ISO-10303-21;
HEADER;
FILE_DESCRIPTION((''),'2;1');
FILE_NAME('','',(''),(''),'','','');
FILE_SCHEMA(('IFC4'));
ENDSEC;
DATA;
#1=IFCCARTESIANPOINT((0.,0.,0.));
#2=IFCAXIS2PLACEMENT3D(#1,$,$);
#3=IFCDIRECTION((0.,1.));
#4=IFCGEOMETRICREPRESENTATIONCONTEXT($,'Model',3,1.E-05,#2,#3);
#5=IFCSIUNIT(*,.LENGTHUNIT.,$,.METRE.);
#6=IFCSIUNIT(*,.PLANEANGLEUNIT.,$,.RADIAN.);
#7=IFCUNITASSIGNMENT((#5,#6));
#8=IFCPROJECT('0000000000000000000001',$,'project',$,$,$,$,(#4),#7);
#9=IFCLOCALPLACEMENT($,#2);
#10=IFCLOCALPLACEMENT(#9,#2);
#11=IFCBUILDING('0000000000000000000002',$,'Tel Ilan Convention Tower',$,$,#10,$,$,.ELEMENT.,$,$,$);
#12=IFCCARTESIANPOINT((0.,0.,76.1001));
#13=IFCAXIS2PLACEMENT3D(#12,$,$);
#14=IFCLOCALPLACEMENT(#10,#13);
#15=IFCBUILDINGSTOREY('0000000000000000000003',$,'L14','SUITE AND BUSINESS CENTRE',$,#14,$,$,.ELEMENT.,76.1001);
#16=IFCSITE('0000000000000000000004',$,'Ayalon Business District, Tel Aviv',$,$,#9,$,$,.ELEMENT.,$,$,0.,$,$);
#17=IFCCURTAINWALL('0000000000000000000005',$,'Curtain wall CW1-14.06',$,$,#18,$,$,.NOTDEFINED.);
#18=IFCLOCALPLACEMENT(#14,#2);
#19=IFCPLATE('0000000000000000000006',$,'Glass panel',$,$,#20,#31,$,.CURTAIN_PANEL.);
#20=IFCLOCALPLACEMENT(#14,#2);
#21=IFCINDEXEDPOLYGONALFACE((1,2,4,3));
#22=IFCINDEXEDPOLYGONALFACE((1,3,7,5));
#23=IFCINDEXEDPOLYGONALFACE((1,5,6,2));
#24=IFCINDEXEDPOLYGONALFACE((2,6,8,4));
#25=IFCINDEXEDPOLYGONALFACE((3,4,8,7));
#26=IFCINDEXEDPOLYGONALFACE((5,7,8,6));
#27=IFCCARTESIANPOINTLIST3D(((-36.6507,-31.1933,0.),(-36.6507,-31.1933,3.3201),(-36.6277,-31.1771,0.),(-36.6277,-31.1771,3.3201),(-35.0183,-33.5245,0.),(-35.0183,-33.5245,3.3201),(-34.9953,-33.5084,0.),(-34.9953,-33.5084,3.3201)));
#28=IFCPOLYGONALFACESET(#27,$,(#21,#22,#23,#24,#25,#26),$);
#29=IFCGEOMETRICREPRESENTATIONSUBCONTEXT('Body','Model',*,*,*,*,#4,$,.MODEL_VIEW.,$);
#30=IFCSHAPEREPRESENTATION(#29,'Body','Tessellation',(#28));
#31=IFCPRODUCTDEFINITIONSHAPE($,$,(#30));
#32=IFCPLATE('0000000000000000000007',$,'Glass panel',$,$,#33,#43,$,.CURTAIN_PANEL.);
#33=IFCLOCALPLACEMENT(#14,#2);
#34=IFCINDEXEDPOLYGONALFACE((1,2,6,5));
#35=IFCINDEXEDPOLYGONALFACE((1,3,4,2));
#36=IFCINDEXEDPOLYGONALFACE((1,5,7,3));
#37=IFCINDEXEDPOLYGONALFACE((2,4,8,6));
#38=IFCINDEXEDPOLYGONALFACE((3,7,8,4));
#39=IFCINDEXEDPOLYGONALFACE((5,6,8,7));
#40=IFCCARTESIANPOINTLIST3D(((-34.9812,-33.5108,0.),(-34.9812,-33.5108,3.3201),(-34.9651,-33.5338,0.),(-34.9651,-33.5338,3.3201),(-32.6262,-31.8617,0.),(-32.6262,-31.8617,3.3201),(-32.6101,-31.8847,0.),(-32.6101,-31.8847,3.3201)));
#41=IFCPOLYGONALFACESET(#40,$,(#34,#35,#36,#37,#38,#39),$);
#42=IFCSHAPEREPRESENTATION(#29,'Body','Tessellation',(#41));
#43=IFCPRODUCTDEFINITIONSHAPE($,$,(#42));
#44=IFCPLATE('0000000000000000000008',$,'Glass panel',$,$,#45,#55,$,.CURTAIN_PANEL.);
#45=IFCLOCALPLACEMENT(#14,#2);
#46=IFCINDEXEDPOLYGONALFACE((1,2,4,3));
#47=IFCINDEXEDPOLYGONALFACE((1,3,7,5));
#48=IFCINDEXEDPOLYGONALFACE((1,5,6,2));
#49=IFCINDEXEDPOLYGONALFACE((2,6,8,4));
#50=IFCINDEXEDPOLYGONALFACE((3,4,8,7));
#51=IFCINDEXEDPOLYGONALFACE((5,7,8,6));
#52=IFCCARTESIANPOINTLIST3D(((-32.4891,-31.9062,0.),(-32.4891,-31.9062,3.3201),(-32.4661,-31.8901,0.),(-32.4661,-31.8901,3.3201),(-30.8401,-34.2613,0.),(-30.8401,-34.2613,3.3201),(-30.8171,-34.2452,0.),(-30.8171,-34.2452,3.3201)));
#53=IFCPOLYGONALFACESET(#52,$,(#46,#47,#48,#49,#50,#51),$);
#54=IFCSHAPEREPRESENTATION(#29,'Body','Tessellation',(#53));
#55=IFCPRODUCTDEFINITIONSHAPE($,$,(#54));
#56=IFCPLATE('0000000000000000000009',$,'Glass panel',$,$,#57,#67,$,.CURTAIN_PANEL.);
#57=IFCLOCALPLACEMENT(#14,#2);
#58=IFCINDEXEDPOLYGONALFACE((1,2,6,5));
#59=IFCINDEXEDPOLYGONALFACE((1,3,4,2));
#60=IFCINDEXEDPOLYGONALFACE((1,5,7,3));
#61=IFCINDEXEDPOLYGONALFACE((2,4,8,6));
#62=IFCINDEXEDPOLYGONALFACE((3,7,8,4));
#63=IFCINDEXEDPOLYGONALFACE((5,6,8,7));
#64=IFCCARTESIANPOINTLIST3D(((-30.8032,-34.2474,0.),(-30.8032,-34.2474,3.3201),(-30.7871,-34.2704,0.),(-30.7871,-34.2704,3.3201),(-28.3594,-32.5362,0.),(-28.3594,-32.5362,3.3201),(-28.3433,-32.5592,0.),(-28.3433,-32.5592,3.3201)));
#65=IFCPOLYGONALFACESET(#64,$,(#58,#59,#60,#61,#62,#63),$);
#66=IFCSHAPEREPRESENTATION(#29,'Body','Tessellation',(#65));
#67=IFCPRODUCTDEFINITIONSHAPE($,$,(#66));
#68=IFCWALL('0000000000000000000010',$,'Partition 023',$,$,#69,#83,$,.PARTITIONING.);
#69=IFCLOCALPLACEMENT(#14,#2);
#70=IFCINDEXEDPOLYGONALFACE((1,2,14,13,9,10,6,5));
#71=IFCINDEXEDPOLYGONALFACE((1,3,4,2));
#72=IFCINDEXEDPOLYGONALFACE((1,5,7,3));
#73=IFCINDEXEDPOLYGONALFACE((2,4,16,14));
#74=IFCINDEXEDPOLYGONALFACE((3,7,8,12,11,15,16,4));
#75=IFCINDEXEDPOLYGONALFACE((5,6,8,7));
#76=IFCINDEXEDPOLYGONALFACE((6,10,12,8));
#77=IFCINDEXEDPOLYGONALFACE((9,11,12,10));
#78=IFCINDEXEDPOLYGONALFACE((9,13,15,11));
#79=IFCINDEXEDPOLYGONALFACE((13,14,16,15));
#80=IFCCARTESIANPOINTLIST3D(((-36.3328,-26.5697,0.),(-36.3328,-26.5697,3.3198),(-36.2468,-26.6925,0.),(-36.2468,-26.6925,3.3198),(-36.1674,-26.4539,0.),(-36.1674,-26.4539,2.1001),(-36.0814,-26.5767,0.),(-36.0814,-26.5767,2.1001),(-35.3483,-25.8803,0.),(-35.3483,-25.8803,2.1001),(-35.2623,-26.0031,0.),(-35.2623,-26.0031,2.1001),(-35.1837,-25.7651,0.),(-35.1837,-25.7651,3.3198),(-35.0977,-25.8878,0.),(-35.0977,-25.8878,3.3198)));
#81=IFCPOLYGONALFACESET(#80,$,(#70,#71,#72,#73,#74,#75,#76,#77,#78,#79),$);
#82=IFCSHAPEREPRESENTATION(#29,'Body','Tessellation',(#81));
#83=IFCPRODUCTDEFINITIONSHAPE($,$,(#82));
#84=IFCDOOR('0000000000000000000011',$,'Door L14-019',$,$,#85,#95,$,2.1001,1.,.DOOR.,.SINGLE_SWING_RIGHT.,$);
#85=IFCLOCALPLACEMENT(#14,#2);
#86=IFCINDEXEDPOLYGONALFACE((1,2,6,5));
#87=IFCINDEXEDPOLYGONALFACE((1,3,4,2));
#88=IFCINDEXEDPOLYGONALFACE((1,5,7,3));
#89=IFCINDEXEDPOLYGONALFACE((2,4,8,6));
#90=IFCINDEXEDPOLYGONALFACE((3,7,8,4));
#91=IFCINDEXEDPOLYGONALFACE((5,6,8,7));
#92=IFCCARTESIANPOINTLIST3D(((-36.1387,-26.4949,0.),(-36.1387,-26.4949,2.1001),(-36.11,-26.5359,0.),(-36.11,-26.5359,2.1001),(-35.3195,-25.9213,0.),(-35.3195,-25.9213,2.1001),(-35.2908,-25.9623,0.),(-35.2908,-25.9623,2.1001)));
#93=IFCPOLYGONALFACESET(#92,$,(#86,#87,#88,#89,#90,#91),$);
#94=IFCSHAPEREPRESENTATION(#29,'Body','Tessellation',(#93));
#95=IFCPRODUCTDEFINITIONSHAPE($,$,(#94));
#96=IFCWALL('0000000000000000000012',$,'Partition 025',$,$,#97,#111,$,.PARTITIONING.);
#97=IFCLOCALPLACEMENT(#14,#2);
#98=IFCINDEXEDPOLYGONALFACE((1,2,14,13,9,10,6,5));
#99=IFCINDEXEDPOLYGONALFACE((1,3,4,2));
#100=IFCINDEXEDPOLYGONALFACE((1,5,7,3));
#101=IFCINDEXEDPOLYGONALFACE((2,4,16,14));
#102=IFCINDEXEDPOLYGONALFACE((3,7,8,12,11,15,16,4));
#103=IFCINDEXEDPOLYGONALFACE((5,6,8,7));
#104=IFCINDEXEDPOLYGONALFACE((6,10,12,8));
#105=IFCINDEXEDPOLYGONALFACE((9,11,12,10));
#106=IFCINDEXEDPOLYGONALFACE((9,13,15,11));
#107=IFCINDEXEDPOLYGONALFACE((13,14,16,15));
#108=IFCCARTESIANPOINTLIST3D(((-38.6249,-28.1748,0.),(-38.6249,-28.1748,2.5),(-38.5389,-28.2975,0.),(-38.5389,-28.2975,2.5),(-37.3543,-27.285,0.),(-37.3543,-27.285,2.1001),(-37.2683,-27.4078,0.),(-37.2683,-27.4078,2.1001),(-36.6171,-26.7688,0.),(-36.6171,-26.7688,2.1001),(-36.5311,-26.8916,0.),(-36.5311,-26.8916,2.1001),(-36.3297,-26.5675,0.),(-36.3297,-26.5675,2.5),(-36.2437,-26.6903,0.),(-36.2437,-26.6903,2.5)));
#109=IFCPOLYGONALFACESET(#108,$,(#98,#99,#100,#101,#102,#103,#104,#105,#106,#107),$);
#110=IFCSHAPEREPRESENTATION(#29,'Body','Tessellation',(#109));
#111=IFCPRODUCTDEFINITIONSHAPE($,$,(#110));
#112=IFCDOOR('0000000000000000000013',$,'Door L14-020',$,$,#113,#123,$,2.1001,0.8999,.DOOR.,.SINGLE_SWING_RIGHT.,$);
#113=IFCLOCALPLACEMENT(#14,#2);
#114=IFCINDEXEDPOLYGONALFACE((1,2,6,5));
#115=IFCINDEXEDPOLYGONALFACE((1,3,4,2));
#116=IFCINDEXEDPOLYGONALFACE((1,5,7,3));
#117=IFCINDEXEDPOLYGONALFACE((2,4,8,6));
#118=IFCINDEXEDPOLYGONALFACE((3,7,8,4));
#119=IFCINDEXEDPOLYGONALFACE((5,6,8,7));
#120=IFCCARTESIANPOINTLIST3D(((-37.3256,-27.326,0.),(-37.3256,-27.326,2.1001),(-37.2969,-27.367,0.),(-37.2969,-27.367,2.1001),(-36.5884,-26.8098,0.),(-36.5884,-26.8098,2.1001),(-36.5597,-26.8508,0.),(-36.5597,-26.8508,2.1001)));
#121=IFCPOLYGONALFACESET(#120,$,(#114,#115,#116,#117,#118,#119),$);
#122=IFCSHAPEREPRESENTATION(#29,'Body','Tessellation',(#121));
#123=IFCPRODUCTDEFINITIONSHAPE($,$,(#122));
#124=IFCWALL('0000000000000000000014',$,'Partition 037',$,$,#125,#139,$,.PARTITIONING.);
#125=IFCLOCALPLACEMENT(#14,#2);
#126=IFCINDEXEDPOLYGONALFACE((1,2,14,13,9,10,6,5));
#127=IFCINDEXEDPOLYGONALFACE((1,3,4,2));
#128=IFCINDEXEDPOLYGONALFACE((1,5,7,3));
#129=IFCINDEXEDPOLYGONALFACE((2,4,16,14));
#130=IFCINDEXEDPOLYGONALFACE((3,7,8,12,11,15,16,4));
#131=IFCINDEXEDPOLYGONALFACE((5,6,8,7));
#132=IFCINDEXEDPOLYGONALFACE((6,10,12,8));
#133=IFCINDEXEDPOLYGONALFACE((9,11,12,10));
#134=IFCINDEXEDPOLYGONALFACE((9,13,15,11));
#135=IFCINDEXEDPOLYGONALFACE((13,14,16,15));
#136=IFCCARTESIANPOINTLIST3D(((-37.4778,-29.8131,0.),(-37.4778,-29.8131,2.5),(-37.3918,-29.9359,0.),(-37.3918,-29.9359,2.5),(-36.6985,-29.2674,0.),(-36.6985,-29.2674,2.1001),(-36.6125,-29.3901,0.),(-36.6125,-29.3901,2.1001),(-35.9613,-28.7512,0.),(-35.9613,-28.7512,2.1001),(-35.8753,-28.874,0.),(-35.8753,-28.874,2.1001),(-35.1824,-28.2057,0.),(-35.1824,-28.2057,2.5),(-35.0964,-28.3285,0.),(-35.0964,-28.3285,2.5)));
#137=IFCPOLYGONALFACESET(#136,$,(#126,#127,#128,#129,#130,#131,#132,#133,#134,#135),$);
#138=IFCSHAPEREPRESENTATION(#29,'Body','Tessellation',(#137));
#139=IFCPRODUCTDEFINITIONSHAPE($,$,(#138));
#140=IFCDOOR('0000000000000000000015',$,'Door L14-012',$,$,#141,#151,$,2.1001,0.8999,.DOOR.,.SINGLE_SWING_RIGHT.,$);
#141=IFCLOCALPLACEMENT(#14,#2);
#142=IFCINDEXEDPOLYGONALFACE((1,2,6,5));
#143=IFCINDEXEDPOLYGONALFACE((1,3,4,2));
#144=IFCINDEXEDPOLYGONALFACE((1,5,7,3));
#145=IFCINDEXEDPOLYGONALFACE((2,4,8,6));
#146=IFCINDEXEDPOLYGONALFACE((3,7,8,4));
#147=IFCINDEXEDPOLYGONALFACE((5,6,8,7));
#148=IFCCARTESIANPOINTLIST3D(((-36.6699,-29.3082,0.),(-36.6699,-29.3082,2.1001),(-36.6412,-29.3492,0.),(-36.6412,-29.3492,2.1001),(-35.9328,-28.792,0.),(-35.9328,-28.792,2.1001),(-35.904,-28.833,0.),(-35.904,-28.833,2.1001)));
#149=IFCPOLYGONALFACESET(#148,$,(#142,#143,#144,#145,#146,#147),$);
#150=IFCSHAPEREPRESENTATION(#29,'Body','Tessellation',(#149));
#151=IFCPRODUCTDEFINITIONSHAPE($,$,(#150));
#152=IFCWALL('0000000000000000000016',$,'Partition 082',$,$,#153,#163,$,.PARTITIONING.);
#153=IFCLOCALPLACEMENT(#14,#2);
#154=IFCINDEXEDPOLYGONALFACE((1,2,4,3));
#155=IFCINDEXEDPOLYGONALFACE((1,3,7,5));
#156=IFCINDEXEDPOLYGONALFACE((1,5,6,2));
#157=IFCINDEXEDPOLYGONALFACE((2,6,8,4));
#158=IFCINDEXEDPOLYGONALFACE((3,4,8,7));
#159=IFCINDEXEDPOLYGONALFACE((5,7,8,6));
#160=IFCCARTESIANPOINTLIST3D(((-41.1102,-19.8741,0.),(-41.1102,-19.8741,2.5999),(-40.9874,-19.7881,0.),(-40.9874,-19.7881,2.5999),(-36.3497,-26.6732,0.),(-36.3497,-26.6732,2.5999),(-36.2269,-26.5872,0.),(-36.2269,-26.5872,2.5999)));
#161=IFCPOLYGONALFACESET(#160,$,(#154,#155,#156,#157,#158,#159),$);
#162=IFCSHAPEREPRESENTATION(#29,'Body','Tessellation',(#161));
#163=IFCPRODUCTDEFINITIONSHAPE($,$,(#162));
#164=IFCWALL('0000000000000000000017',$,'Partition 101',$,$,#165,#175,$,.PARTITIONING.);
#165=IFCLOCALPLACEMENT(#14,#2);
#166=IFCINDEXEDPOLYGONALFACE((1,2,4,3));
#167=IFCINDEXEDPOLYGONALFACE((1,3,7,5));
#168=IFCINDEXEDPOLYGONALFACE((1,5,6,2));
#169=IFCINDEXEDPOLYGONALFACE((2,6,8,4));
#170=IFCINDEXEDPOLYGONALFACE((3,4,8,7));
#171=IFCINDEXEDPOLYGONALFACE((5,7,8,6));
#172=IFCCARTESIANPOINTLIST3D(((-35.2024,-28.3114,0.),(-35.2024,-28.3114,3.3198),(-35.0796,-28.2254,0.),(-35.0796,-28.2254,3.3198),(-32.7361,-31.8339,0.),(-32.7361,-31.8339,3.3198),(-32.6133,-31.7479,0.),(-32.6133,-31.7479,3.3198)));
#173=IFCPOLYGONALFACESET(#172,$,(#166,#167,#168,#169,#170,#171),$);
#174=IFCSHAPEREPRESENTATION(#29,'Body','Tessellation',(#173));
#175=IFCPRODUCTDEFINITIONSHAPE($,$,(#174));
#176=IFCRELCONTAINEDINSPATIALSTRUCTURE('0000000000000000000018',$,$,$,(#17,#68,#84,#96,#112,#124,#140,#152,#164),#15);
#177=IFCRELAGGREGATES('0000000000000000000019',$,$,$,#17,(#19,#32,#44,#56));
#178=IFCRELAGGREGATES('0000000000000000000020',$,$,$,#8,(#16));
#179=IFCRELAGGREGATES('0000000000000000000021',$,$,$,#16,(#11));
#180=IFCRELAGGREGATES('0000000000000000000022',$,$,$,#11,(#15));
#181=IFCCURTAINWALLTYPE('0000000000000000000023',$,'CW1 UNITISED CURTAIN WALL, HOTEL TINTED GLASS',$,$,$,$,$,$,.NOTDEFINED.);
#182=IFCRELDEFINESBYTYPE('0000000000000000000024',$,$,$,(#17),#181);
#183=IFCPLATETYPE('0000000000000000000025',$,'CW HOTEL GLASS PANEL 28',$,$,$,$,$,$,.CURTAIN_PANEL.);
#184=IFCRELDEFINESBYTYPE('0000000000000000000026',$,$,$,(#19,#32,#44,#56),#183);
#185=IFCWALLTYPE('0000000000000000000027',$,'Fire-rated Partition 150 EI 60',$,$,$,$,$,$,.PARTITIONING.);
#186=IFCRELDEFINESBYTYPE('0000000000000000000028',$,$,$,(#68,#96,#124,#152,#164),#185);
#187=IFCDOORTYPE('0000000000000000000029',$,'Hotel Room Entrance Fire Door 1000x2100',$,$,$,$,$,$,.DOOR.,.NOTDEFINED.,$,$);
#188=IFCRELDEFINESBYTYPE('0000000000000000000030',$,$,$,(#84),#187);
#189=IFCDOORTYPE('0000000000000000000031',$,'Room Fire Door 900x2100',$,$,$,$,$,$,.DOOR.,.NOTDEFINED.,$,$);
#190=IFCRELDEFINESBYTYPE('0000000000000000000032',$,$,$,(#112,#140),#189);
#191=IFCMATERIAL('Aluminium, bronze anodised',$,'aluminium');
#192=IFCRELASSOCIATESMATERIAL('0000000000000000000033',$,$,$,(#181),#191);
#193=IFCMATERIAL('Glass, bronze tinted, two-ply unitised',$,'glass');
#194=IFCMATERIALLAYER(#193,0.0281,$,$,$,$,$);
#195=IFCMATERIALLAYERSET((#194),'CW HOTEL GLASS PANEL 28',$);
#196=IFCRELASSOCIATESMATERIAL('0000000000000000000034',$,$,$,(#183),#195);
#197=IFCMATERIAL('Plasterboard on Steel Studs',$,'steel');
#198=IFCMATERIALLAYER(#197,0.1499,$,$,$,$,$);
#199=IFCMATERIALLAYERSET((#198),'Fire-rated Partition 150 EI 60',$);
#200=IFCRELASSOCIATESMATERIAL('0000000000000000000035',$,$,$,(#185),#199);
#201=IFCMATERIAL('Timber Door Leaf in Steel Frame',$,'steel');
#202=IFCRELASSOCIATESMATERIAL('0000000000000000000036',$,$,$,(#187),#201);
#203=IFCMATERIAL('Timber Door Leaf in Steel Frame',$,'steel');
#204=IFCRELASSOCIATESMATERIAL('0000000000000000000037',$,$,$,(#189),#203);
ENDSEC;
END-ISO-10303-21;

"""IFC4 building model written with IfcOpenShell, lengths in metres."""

from ifc_helpers import new_model, si_unit, direction, frame, frame_2d, origin, origin_2d, place, context, subcontext, project, spatial, rectangle, extrude, material, layer, layer_set, type_object, element, fill, aggregate, save


model = new_model("IFC4")

# Units and contexts
model_context = context("Model", 3, precision=1e-05, world=origin(), true_north=direction((0.0, 1.0)))
body_context = subcontext(model_context, "Body", "Model", "MODEL_VIEW")
ifc_project = project(units=[si_unit("LENGTHUNIT", "METRE"), si_unit("PLANEANGLEUNIT", "RADIAN")], contexts=[model_context])

# Site, building, storey
site_placement = place(None, origin())
site = spatial("IfcSite", under=ifc_project, at=site_placement, Name="Ayalon Business District, Tel Aviv", CompositionType="ELEMENT", RefElevation=0.0)
building_placement = place(site_placement, origin())
building = spatial("IfcBuilding", under=site, at=building_placement, Name="Tel Ilan Convention Tower", CompositionType="ELEMENT")
storey_placement = place(building_placement, frame((0.0, 0.0, 76.1001)))
storey = spatial("IfcBuildingStorey", under=building, at=storey_placement, Name="L14", Description="SUITE AND BUSINESS CENTRE", CompositionType="ELEMENT", Elevation=76.1001)

# Curtain wall, plates
ifc_material_1 = material(Name="Aluminium, bronze anodised", Category="aluminium")
curtain_wall_type = type_object("IfcCurtainWallType", Name="CW1 UNITISED CURTAIN WALL, HOTEL TINTED GLASS", PredefinedType="NOTDEFINED", material=ifc_material_1)
curtain_wall_placement = place(storey_placement, origin())
curtain_wall = element("IfcCurtainWall", 1, at=curtain_wall_placement, inside=storey, type_object=curtain_wall_type, Name="Curtain wall CW1-14.06", PredefinedType="NOTDEFINED")
ifc_material_2 = material(Name="Glass, bronze tinted, two-ply unitised", Category="glass")
ifc_layer_1 = layer(ifc_material_2, 0.0281)
ifc_layer_set_1 = layer_set([ifc_layer_1], Name="CW HOTEL GLASS PANEL 28")
plate_type = type_object("IfcPlateType", Name="CW HOTEL GLASS PANEL 28", PredefinedType="CURTAIN_PANEL", material=ifc_layer_set_1)
plate_1_placement = place(storey_placement, frame((-35.823, -32.3508, 0.0), z_axis=(0.0, 0.0, 1.0), x_axis=(0.573576, -0.819152, 0.0)))
plate_1 = element("IfcPlate", 2, at=plate_1_placement, type_object=plate_type, Name="Glass panel", PredefinedType="CURTAIN_PANEL", context=body_context, shape_type="SweptSolid", body=[
    extrude(rectangle(XDim=2.8459, YDim=0.0281, at=origin_2d()), origin(), (0.0, 0.0, 1.0), 3.3201),
])
plate_2_placement = place(storey_placement, frame((-33.7957, -32.6978, 0.0), z_axis=(0.0, 0.0, 1.0), x_axis=(0.819152, 0.573576, 0.0)))
plate_2 = element("IfcPlate", 3, at=plate_2_placement, type_object=plate_type, Name="Glass panel", PredefinedType="CURTAIN_PANEL", context=body_context, shape_type="SweptSolid", body=[
    extrude(rectangle(XDim=2.875, YDim=0.0281, at=origin_2d()), origin(), (0.0, 0.0, 1.0), 3.3201),
])
plate_3_placement = place(storey_placement, frame((-31.6531, -33.0757, 0.0), z_axis=(0.0, 0.0, 1.0), x_axis=(0.573576, -0.819152, 0.0)))
plate_3 = element("IfcPlate", 4, at=plate_3_placement, type_object=plate_type, Name="Glass panel", PredefinedType="CURTAIN_PANEL", context=body_context, shape_type="SweptSolid", body=[
    extrude(rectangle(XDim=2.875, YDim=0.0281, at=origin_2d()), origin(), (0.0, 0.0, 1.0), 3.3201),
])
plate_4_placement = place(storey_placement, frame((-29.5732, -33.4033, 0.0), z_axis=(0.0, 0.0, 1.0), x_axis=(0.819152, 0.573576, 0.0)))
plate_4 = element("IfcPlate", 5, at=plate_4_placement, type_object=plate_type, Name="Glass panel", PredefinedType="CURTAIN_PANEL", context=body_context, shape_type="SweptSolid", body=[
    extrude(rectangle(XDim=2.9834, YDim=0.0281, at=origin_2d()), origin(), (0.0, 0.0, 1.0), 3.3201),
])
aggregate(curtain_wall, [plate_1, plate_2, plate_3, plate_4])

# Walls, openings, doors
ifc_material_3 = material(Name="Plasterboard on Steel Studs", Category="steel")
ifc_layer_2 = layer(ifc_material_3, 0.1499)
ifc_layer_set_2 = layer_set([ifc_layer_2], Name="Fire-rated Partition 150 EI 60")
wall_type = type_object("IfcWallType", Name="Fire-rated Partition 150 EI 60", PredefinedType="PARTITIONING", material=ifc_layer_set_2)
wall_1_placement = place(storey_placement, frame((-36.2898, -26.6311, 0.0), z_axis=(0.0, 0.0, 1.0), x_axis=(0.819142, 0.573591, 0.0)))
wall_1 = element("IfcWall", 6, at=wall_1_placement, inside=storey, type_object=wall_type, Name="Partition 023", PredefinedType="PARTITIONING", context=body_context, shape_type="SweptSolid", body=[
    extrude(rectangle(XDim=1.4028, YDim=0.1499, at=frame_2d((0.7014, 0.0))), origin(), (0.0, 0.0, 1.0), 3.3198),
])
opening_1_placement = place(wall_1_placement, frame((0.2019, 0.0, 0.0)))
opening_1 = element("IfcOpeningElement", 7, at=opening_1_placement, cuts=wall_1, PredefinedType="OPENING", context=body_context, shape_type="SweptSolid", body=[
    extrude(rectangle(XDim=1.0, YDim=2.1001, at=frame_2d((0.5, 1.05))), frame((0.0, 0.085, 0.0), z_axis=(0.0, -1.0, 0.0), x_axis=(1.0, 0.0, 0.0)), (0.0, 0.0, 1.0), 0.1699),
])
ifc_material_4 = material(Name="Timber Door Leaf in Steel Frame", Category="steel")
door_type_1 = type_object("IfcDoorType", Name="Hotel Room Entrance Fire Door 1000x2100", OperationType="NOTDEFINED", PredefinedType="DOOR", material=ifc_material_4)
door_1_placement = place(opening_1_placement, origin())
door_1 = element("IfcDoor", 8, at=door_1_placement, inside=storey, type_object=door_type_1, Name="Door L14-019", OperationType="SINGLE_SWING_RIGHT", OverallHeight=2.1001, OverallWidth=1.0, PredefinedType="DOOR", context=body_context, shape_type="SweptSolid", body=[
    extrude(rectangle(XDim=1.0, YDim=2.1001, at=frame_2d((0.5, 1.05))), frame((0.0, 0.0249, 0.0), z_axis=(0.0, -1.0, 0.0), x_axis=(1.0, 0.0, 0.0)), (0.0, 0.0, 1.0), 0.05),
])
fill(opening_1, door_1)
wall_2_placement = place(storey_placement, frame((-38.5818, -28.2361, 0.0), z_axis=(0.0, 0.0, 1.0), x_axis=(0.819138, 0.573597, 0.0)))
wall_2 = element("IfcWall", 9, at=wall_2_placement, inside=storey, type_object=wall_type, Name="Partition 025", PredefinedType="PARTITIONING", context=body_context, shape_type="SweptSolid", body=[
    extrude(rectangle(XDim=2.802, YDim=0.1499, at=frame_2d((1.4009, 0.0))), origin(), (0.0, 0.0, 1.0), 2.5),
])
opening_2_placement = place(wall_2_placement, frame((1.551, 0.0, 0.0)))
opening_2 = element("IfcOpeningElement", 10, at=opening_2_placement, cuts=wall_2, PredefinedType="OPENING", context=body_context, shape_type="SweptSolid", body=[
    extrude(rectangle(XDim=0.8999, YDim=2.1001, at=frame_2d((0.45, 1.05))), frame((0.0, 0.085, 0.0), z_axis=(0.0, -1.0, 0.0), x_axis=(1.0, 0.0, 0.0)), (0.0, 0.0, 1.0), 0.1699),
])
ifc_material_5 = material(Name="Timber Door Leaf in Steel Frame", Category="steel")
door_type_2 = type_object("IfcDoorType", Name="Room Fire Door 900x2100", OperationType="NOTDEFINED", PredefinedType="DOOR", material=ifc_material_5)
door_2_placement = place(opening_2_placement, origin())
door_2 = element("IfcDoor", 11, at=door_2_placement, inside=storey, type_object=door_type_2, Name="Door L14-020", OperationType="SINGLE_SWING_RIGHT", OverallHeight=2.1001, OverallWidth=0.8999, PredefinedType="DOOR", context=body_context, shape_type="SweptSolid", body=[
    extrude(rectangle(XDim=0.8999, YDim=2.1001, at=frame_2d((0.45, 1.05))), frame((0.0, 0.0249, 0.0), z_axis=(0.0, -1.0, 0.0), x_axis=(1.0, 0.0, 0.0)), (0.0, 0.0, 1.0), 0.05),
])
fill(opening_2, door_2)
wall_3_placement = place(storey_placement, frame((-35.1394, -28.2671, 0.0), z_axis=(0.0, 0.0, 1.0), x_axis=(-0.819125, -0.573614, 0.0)))
wall_3 = element("IfcWall", 12, at=wall_3_placement, inside=storey, type_object=wall_type, Name="Partition 037", PredefinedType="PARTITIONING", context=body_context, shape_type="SweptSolid", body=[
    extrude(rectangle(XDim=2.8022, YDim=0.1499, at=frame_2d((1.4011, 0.0))), origin(), (0.0, 0.0, 1.0), 2.5),
])
opening_3_placement = place(wall_3_placement, frame((0.9509, 0.0, 0.0)))
opening_3 = element("IfcOpeningElement", 13, at=opening_3_placement, cuts=wall_3, PredefinedType="OPENING", context=body_context, shape_type="SweptSolid", body=[
    extrude(rectangle(XDim=0.8999, YDim=2.1001, at=frame_2d((0.45, 1.05))), frame((0.0, 0.085, 0.0), z_axis=(0.0, -1.0, 0.0), x_axis=(1.0, 0.0, 0.0)), (0.0, 0.0, 1.0), 0.1699),
])
door_3_placement = place(opening_3_placement, origin())
door_3 = element("IfcDoor", 14, at=door_3_placement, inside=storey, type_object=door_type_2, Name="Door L14-012", OperationType="SINGLE_SWING_RIGHT", OverallHeight=2.1001, OverallWidth=0.8999, PredefinedType="DOOR", context=body_context, shape_type="SweptSolid", body=[
    extrude(rectangle(XDim=0.8999, YDim=2.1001, at=frame_2d((0.45, 1.05))), frame((0.0, 0.0249, 0.0), z_axis=(0.0, -1.0, 0.0), x_axis=(1.0, 0.0, 0.0)), (0.0, 0.0, 1.0), 0.05),
])
fill(opening_3, door_3)

# Walls
wall_4_placement = place(storey_placement, frame((-36.2883, -26.6301, 0.0), z_axis=(0.0, 0.0, 1.0), x_axis=(-0.573555, 0.819167, 0.0)))
element("IfcWall", 15, at=wall_4_placement, inside=storey, type_object=wall_type, Name="Partition 082", PredefinedType="PARTITIONING", context=body_context, shape_type="SweptSolid", body=[
    extrude(rectangle(XDim=8.3, YDim=0.1499, at=frame_2d((4.1499, 0.0))), origin(), (0.0, 0.0, 1.0), 2.5999),
])
wall_5_placement = place(storey_placement, frame((-32.6748, -31.7908, 0.0), z_axis=(0.0, 0.0, 1.0), x_axis=(-0.573554, 0.819168, 0.0)))
element("IfcWall", 16, at=wall_5_placement, inside=storey, type_object=wall_type, Name="Partition 101", PredefinedType="PARTITIONING", context=body_context, shape_type="SweptSolid", body=[
    extrude(rectangle(XDim=4.3, YDim=0.1499, at=frame_2d((2.1499, 0.0))), origin(), (0.0, 0.0, 1.0), 3.3198),
])

save(model, "model.ifc")
